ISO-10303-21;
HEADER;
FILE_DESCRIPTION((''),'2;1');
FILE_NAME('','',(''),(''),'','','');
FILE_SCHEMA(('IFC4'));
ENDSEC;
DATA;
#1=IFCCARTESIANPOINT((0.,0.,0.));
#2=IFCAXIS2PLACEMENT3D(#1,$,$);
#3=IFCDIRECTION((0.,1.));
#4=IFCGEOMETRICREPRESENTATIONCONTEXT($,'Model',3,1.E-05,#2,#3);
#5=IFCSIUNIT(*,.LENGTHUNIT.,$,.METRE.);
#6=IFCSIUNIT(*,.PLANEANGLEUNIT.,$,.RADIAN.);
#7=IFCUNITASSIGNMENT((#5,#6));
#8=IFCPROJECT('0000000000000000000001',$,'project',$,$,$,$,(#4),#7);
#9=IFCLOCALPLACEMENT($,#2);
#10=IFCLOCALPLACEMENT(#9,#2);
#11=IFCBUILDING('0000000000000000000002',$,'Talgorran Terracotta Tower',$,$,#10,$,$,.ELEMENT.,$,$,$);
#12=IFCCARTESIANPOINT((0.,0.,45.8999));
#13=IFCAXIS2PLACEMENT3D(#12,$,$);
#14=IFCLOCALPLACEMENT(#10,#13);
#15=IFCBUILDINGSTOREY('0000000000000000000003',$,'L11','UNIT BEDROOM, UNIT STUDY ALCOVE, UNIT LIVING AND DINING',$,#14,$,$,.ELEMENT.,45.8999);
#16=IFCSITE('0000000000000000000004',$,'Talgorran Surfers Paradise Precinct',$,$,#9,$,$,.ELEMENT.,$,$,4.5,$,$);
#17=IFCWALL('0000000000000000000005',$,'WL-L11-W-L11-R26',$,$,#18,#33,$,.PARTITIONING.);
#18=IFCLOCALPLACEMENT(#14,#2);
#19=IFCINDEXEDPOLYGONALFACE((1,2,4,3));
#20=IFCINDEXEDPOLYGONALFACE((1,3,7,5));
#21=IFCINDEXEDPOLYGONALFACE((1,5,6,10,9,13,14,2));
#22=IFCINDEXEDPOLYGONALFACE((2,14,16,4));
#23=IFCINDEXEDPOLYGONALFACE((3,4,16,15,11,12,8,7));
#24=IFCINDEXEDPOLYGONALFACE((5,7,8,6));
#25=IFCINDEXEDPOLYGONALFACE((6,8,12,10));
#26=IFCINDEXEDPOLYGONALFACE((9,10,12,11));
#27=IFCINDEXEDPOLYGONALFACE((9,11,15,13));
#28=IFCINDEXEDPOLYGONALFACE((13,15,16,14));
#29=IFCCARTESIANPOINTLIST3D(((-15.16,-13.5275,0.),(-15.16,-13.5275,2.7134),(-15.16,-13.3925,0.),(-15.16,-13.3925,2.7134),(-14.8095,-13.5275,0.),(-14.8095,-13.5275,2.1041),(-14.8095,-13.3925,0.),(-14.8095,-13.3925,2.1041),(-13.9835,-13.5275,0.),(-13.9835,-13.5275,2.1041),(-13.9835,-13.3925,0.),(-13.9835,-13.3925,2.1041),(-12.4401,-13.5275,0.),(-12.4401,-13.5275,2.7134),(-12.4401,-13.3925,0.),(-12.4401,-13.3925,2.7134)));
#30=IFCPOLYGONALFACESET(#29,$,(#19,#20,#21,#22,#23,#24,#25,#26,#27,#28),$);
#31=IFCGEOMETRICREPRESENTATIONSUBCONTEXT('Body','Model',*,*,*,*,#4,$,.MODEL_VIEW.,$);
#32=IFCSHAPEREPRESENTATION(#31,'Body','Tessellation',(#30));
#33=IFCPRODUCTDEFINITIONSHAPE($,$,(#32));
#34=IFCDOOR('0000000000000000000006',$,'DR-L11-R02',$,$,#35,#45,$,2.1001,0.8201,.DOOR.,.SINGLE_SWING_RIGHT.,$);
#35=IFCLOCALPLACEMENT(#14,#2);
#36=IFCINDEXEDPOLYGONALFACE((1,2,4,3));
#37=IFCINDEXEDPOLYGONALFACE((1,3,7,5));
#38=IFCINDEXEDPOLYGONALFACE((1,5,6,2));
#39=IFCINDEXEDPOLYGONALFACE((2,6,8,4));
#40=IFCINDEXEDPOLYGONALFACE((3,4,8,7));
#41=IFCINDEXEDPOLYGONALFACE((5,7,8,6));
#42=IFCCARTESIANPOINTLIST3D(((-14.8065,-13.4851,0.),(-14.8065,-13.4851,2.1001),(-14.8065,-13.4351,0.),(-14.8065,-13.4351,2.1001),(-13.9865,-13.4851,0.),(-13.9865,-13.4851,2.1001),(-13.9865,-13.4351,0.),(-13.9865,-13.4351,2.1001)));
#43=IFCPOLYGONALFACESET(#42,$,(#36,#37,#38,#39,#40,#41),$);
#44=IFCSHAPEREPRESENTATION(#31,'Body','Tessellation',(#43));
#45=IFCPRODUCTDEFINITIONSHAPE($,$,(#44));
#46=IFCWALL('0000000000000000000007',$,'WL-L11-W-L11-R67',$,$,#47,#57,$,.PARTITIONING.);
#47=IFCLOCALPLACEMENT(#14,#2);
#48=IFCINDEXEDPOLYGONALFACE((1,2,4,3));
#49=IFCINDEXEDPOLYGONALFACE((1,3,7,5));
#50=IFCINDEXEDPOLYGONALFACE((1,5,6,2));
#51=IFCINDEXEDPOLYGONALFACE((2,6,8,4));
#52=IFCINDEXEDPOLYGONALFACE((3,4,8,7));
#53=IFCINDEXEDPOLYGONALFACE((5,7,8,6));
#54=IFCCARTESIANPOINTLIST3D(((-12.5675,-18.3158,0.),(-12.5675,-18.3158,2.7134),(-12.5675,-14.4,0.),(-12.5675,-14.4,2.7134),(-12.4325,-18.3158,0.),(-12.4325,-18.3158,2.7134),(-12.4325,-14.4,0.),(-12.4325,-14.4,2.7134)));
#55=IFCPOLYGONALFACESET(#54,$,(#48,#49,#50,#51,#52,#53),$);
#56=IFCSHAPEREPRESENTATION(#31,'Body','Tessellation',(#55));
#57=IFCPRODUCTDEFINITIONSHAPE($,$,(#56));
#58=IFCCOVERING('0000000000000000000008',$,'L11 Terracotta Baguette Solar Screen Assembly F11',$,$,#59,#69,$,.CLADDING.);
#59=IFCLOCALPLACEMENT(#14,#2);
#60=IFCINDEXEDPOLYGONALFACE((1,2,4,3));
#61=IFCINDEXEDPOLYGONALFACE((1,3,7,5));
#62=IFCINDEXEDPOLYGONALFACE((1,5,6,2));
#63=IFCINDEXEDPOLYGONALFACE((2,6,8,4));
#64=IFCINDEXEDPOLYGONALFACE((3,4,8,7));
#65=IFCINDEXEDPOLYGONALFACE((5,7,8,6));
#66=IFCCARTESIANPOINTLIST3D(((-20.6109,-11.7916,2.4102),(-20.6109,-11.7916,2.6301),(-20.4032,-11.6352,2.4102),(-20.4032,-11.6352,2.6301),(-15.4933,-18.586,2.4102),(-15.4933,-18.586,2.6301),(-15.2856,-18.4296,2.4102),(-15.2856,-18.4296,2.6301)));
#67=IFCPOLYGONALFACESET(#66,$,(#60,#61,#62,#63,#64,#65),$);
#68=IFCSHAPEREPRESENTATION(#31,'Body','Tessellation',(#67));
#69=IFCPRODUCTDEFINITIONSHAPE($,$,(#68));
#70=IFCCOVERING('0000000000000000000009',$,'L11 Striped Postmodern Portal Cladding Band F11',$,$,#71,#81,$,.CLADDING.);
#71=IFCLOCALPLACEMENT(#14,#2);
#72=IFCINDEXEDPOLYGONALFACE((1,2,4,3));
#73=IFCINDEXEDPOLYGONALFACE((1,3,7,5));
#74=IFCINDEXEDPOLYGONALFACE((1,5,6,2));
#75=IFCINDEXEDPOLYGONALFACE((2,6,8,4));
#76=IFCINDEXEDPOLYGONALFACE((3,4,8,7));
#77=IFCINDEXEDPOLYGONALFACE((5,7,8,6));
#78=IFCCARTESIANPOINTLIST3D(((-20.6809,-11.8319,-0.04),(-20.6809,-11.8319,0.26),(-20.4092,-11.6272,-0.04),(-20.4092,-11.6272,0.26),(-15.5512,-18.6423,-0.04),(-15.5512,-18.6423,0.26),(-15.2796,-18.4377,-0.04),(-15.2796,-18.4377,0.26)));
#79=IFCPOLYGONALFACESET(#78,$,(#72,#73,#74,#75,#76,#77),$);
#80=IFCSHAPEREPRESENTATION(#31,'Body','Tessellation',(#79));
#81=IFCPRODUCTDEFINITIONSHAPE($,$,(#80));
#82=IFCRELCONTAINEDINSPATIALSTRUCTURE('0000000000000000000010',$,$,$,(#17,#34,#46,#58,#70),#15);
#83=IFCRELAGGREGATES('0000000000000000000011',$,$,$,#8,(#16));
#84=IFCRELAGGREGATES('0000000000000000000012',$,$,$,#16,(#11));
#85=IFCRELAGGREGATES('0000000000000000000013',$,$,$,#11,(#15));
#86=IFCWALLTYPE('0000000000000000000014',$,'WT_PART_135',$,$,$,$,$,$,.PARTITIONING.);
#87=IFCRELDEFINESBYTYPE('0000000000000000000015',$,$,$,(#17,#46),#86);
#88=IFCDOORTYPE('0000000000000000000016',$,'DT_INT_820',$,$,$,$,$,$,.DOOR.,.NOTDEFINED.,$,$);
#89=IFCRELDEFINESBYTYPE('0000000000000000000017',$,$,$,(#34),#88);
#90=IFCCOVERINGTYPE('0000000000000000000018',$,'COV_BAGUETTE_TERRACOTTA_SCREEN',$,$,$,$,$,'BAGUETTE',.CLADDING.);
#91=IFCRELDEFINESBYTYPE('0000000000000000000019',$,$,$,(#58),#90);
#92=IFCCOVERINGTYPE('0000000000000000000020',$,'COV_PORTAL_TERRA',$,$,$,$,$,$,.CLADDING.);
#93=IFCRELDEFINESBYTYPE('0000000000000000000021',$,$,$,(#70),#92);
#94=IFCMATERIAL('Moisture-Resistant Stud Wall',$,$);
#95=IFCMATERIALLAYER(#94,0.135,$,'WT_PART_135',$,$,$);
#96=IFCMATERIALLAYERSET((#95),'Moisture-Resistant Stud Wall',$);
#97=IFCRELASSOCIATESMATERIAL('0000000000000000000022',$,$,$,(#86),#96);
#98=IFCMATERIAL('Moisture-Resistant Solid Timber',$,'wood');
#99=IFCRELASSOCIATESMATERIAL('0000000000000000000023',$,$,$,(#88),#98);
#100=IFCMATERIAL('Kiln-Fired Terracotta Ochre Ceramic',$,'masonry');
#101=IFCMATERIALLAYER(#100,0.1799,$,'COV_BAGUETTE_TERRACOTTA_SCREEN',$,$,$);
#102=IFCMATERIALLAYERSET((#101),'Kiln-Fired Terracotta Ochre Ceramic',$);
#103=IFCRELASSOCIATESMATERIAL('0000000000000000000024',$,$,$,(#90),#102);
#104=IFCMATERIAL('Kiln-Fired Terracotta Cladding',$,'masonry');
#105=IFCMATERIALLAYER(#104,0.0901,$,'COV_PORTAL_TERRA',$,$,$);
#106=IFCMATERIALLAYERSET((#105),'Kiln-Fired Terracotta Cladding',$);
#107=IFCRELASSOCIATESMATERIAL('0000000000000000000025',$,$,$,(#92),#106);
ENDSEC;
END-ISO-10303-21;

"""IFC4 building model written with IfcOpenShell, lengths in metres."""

from ifc_helpers import new_model, si_unit, direction, frame, frame_2d, origin, origin_2d, place, context, subcontext, project, spatial, rectangle, extrude, material, layer, layer_set, type_object, element, fill, save


model = new_model("IFC4")

# Units and contexts
model_context = context("Model", 3, precision=1e-05, world=origin(), true_north=direction((0.0, 1.0)))
body_context = subcontext(model_context, "Body", "Model", "MODEL_VIEW")
ifc_project = project(units=[si_unit("LENGTHUNIT", "METRE"), si_unit("PLANEANGLEUNIT", "RADIAN")], contexts=[model_context])

# Site, building, storey
site_placement = place(None, origin())
site = spatial("IfcSite", under=ifc_project, at=site_placement, Name="Talgorran Surfers Paradise Precinct", CompositionType="ELEMENT", RefElevation=4.5)
building_placement = place(site_placement, origin())
building = spatial("IfcBuilding", under=site, at=building_placement, Name="Talgorran Terracotta Tower", CompositionType="ELEMENT")
storey_placement = place(building_placement, frame((0.0, 0.0, 45.8999)))
storey = spatial("IfcBuildingStorey", under=building, at=storey_placement, Name="L11", Description="UNIT BEDROOM, UNIT STUDY ALCOVE, UNIT LIVING AND DINING", CompositionType="ELEMENT", Elevation=45.8999)

# Shared definitions
ifc_material_1 = material(Name="Moisture-Resistant Stud Wall")
ifc_layer_1 = layer(ifc_material_1, 0.135, Name="WT_PART_135")
ifc_layer_set_1 = layer_set([ifc_layer_1], Name="Moisture-Resistant Stud Wall")
wall_type_1 = type_object("IfcWallType", Name="WT_PART_135", PredefinedType="PARTITIONING", material=ifc_layer_set_1)

# Wall, opening, door
wall_1_placement = place(storey_placement, frame((-15.1599, -13.46, 0.0), z_axis=(0.0, 0.0, 1.0), x_axis=(1.0, 0.0, 0.0)))
wall_1 = element("IfcWall", 1, at=wall_1_placement, inside=storey, type_object=wall_type_1, Name="WL-L11-W-L11-R26", PredefinedType="PARTITIONING", context=body_context, shape_type="SweptSolid", body=[
    extrude(rectangle(XDim=2.72, YDim=0.135, at=frame_2d((1.3599, 0.0))), origin(), (0.0, 0.0, 1.0), 2.7134),
])
opening_1_placement = place(wall_1_placement, frame((0.3533, 0.0, 0.0)))
opening_1 = element("IfcOpeningElement", 2, at=opening_1_placement, cuts=wall_1, PredefinedType="OPENING", context=body_context, shape_type="SweptSolid", body=[
    extrude(rectangle(XDim=0.8261, YDim=2.1041, at=frame_2d((0.4102, 1.052))), frame((0.0, 0.0776, 0.0), z_axis=(0.0, -1.0, 0.0), x_axis=(1.0, 0.0, 0.0)), (0.0, 0.0, 1.0), 0.155),
])
ifc_material_2 = material(Name="Moisture-Resistant Solid Timber", Category="wood")
door_type_1 = type_object("IfcDoorType", Name="DT_INT_820", OperationType="NOTDEFINED", PredefinedType="DOOR", material=ifc_material_2)
door_1_placement = place(opening_1_placement, origin())
door_1 = element("IfcDoor", 3, at=door_1_placement, inside=storey, type_object=door_type_1, Name="DR-L11-R02", OperationType="SINGLE_SWING_RIGHT", OverallHeight=2.1001, OverallWidth=0.8201, PredefinedType="DOOR", context=body_context, shape_type="SweptSolid", body=[
    extrude(rectangle(XDim=0.8201, YDim=2.1001, at=frame_2d((0.4102, 1.05))), frame((0.0, 0.0249, 0.0), z_axis=(0.0, -1.0, 0.0), x_axis=(1.0, 0.0, 0.0)), (0.0, 0.0, 1.0), 0.05),
])
fill(opening_1, door_1)

# Wall
wall_2_placement = place(storey_placement, frame((-12.5, -14.3999, 0.0), z_axis=(0.0, 0.0, 1.0), x_axis=(0.0, -1.0, 0.0)))
element("IfcWall", 4, at=wall_2_placement, inside=storey, type_object=wall_type_1, Name="WL-L11-W-L11-R67", PredefinedType="PARTITIONING", context=body_context, shape_type="SweptSolid", body=[
    extrude(rectangle(XDim=3.9158, YDim=0.135, at=frame_2d((1.958, 0.0))), origin(), (0.0, 0.0, 1.0), 2.7134),
])

# Coverings
ifc_material_3 = material(Name="Kiln-Fired Terracotta Ochre Ceramic", Category="masonry")
ifc_layer_2 = layer(ifc_material_3, 0.1799, Name="COV_BAGUETTE_TERRACOTTA_SCREEN")
ifc_layer_set_2 = layer_set([ifc_layer_2], Name="Kiln-Fired Terracotta Ochre Ceramic")
covering_type_1 = type_object("IfcCoveringType", Name="COV_BAGUETTE_TERRACOTTA_SCREEN", ElementType="BAGUETTE", PredefinedType="CLADDING", material=ifc_layer_set_2)
covering_1_placement = place(storey_placement, frame((-17.9482, -15.1106, 2.4102), z_axis=(0.0, 0.0, 1.0), x_axis=(0.601634, -0.798772, 0.0)))
element("IfcCovering", 5, at=covering_1_placement, inside=storey, type_object=covering_type_1, Name="L11 Terracotta Baguette Solar Screen Assembly F11", PredefinedType="CLADDING", context=body_context, shape_type="SweptSolid", body=[
    extrude(rectangle(XDim=8.5061, YDim=0.26, at=origin_2d()), origin(), (0.0, 0.0, 1.0), 0.22),
])
ifc_material_4 = material(Name="Kiln-Fired Terracotta Cladding", Category="masonry")
ifc_layer_3 = layer(ifc_material_4, 0.0901, Name="COV_PORTAL_TERRA")
ifc_layer_set_3 = layer_set([ifc_layer_3], Name="Kiln-Fired Terracotta Cladding")
covering_type_2 = type_object("IfcCoveringType", Name="COV_PORTAL_TERRA", PredefinedType="CLADDING", material=ifc_layer_set_3)
covering_2_placement = place(storey_placement, frame((-17.9802, -15.1348, -0.04), z_axis=(0.0, 0.0, 1.0), x_axis=(0.601634, -0.798772, 0.0)))
element("IfcCovering", 6, at=covering_2_placement, inside=storey, type_object=covering_type_2, Name="L11 Striped Postmodern Portal Cladding Band F11", PredefinedType="CLADDING", context=body_context, shape_type="SweptSolid", body=[
    extrude(rectangle(XDim=8.5261, YDim=0.3401, at=origin_2d()), origin(), (0.0, 0.0, 1.0), 0.3),
])

save(model, "model.ifc")
